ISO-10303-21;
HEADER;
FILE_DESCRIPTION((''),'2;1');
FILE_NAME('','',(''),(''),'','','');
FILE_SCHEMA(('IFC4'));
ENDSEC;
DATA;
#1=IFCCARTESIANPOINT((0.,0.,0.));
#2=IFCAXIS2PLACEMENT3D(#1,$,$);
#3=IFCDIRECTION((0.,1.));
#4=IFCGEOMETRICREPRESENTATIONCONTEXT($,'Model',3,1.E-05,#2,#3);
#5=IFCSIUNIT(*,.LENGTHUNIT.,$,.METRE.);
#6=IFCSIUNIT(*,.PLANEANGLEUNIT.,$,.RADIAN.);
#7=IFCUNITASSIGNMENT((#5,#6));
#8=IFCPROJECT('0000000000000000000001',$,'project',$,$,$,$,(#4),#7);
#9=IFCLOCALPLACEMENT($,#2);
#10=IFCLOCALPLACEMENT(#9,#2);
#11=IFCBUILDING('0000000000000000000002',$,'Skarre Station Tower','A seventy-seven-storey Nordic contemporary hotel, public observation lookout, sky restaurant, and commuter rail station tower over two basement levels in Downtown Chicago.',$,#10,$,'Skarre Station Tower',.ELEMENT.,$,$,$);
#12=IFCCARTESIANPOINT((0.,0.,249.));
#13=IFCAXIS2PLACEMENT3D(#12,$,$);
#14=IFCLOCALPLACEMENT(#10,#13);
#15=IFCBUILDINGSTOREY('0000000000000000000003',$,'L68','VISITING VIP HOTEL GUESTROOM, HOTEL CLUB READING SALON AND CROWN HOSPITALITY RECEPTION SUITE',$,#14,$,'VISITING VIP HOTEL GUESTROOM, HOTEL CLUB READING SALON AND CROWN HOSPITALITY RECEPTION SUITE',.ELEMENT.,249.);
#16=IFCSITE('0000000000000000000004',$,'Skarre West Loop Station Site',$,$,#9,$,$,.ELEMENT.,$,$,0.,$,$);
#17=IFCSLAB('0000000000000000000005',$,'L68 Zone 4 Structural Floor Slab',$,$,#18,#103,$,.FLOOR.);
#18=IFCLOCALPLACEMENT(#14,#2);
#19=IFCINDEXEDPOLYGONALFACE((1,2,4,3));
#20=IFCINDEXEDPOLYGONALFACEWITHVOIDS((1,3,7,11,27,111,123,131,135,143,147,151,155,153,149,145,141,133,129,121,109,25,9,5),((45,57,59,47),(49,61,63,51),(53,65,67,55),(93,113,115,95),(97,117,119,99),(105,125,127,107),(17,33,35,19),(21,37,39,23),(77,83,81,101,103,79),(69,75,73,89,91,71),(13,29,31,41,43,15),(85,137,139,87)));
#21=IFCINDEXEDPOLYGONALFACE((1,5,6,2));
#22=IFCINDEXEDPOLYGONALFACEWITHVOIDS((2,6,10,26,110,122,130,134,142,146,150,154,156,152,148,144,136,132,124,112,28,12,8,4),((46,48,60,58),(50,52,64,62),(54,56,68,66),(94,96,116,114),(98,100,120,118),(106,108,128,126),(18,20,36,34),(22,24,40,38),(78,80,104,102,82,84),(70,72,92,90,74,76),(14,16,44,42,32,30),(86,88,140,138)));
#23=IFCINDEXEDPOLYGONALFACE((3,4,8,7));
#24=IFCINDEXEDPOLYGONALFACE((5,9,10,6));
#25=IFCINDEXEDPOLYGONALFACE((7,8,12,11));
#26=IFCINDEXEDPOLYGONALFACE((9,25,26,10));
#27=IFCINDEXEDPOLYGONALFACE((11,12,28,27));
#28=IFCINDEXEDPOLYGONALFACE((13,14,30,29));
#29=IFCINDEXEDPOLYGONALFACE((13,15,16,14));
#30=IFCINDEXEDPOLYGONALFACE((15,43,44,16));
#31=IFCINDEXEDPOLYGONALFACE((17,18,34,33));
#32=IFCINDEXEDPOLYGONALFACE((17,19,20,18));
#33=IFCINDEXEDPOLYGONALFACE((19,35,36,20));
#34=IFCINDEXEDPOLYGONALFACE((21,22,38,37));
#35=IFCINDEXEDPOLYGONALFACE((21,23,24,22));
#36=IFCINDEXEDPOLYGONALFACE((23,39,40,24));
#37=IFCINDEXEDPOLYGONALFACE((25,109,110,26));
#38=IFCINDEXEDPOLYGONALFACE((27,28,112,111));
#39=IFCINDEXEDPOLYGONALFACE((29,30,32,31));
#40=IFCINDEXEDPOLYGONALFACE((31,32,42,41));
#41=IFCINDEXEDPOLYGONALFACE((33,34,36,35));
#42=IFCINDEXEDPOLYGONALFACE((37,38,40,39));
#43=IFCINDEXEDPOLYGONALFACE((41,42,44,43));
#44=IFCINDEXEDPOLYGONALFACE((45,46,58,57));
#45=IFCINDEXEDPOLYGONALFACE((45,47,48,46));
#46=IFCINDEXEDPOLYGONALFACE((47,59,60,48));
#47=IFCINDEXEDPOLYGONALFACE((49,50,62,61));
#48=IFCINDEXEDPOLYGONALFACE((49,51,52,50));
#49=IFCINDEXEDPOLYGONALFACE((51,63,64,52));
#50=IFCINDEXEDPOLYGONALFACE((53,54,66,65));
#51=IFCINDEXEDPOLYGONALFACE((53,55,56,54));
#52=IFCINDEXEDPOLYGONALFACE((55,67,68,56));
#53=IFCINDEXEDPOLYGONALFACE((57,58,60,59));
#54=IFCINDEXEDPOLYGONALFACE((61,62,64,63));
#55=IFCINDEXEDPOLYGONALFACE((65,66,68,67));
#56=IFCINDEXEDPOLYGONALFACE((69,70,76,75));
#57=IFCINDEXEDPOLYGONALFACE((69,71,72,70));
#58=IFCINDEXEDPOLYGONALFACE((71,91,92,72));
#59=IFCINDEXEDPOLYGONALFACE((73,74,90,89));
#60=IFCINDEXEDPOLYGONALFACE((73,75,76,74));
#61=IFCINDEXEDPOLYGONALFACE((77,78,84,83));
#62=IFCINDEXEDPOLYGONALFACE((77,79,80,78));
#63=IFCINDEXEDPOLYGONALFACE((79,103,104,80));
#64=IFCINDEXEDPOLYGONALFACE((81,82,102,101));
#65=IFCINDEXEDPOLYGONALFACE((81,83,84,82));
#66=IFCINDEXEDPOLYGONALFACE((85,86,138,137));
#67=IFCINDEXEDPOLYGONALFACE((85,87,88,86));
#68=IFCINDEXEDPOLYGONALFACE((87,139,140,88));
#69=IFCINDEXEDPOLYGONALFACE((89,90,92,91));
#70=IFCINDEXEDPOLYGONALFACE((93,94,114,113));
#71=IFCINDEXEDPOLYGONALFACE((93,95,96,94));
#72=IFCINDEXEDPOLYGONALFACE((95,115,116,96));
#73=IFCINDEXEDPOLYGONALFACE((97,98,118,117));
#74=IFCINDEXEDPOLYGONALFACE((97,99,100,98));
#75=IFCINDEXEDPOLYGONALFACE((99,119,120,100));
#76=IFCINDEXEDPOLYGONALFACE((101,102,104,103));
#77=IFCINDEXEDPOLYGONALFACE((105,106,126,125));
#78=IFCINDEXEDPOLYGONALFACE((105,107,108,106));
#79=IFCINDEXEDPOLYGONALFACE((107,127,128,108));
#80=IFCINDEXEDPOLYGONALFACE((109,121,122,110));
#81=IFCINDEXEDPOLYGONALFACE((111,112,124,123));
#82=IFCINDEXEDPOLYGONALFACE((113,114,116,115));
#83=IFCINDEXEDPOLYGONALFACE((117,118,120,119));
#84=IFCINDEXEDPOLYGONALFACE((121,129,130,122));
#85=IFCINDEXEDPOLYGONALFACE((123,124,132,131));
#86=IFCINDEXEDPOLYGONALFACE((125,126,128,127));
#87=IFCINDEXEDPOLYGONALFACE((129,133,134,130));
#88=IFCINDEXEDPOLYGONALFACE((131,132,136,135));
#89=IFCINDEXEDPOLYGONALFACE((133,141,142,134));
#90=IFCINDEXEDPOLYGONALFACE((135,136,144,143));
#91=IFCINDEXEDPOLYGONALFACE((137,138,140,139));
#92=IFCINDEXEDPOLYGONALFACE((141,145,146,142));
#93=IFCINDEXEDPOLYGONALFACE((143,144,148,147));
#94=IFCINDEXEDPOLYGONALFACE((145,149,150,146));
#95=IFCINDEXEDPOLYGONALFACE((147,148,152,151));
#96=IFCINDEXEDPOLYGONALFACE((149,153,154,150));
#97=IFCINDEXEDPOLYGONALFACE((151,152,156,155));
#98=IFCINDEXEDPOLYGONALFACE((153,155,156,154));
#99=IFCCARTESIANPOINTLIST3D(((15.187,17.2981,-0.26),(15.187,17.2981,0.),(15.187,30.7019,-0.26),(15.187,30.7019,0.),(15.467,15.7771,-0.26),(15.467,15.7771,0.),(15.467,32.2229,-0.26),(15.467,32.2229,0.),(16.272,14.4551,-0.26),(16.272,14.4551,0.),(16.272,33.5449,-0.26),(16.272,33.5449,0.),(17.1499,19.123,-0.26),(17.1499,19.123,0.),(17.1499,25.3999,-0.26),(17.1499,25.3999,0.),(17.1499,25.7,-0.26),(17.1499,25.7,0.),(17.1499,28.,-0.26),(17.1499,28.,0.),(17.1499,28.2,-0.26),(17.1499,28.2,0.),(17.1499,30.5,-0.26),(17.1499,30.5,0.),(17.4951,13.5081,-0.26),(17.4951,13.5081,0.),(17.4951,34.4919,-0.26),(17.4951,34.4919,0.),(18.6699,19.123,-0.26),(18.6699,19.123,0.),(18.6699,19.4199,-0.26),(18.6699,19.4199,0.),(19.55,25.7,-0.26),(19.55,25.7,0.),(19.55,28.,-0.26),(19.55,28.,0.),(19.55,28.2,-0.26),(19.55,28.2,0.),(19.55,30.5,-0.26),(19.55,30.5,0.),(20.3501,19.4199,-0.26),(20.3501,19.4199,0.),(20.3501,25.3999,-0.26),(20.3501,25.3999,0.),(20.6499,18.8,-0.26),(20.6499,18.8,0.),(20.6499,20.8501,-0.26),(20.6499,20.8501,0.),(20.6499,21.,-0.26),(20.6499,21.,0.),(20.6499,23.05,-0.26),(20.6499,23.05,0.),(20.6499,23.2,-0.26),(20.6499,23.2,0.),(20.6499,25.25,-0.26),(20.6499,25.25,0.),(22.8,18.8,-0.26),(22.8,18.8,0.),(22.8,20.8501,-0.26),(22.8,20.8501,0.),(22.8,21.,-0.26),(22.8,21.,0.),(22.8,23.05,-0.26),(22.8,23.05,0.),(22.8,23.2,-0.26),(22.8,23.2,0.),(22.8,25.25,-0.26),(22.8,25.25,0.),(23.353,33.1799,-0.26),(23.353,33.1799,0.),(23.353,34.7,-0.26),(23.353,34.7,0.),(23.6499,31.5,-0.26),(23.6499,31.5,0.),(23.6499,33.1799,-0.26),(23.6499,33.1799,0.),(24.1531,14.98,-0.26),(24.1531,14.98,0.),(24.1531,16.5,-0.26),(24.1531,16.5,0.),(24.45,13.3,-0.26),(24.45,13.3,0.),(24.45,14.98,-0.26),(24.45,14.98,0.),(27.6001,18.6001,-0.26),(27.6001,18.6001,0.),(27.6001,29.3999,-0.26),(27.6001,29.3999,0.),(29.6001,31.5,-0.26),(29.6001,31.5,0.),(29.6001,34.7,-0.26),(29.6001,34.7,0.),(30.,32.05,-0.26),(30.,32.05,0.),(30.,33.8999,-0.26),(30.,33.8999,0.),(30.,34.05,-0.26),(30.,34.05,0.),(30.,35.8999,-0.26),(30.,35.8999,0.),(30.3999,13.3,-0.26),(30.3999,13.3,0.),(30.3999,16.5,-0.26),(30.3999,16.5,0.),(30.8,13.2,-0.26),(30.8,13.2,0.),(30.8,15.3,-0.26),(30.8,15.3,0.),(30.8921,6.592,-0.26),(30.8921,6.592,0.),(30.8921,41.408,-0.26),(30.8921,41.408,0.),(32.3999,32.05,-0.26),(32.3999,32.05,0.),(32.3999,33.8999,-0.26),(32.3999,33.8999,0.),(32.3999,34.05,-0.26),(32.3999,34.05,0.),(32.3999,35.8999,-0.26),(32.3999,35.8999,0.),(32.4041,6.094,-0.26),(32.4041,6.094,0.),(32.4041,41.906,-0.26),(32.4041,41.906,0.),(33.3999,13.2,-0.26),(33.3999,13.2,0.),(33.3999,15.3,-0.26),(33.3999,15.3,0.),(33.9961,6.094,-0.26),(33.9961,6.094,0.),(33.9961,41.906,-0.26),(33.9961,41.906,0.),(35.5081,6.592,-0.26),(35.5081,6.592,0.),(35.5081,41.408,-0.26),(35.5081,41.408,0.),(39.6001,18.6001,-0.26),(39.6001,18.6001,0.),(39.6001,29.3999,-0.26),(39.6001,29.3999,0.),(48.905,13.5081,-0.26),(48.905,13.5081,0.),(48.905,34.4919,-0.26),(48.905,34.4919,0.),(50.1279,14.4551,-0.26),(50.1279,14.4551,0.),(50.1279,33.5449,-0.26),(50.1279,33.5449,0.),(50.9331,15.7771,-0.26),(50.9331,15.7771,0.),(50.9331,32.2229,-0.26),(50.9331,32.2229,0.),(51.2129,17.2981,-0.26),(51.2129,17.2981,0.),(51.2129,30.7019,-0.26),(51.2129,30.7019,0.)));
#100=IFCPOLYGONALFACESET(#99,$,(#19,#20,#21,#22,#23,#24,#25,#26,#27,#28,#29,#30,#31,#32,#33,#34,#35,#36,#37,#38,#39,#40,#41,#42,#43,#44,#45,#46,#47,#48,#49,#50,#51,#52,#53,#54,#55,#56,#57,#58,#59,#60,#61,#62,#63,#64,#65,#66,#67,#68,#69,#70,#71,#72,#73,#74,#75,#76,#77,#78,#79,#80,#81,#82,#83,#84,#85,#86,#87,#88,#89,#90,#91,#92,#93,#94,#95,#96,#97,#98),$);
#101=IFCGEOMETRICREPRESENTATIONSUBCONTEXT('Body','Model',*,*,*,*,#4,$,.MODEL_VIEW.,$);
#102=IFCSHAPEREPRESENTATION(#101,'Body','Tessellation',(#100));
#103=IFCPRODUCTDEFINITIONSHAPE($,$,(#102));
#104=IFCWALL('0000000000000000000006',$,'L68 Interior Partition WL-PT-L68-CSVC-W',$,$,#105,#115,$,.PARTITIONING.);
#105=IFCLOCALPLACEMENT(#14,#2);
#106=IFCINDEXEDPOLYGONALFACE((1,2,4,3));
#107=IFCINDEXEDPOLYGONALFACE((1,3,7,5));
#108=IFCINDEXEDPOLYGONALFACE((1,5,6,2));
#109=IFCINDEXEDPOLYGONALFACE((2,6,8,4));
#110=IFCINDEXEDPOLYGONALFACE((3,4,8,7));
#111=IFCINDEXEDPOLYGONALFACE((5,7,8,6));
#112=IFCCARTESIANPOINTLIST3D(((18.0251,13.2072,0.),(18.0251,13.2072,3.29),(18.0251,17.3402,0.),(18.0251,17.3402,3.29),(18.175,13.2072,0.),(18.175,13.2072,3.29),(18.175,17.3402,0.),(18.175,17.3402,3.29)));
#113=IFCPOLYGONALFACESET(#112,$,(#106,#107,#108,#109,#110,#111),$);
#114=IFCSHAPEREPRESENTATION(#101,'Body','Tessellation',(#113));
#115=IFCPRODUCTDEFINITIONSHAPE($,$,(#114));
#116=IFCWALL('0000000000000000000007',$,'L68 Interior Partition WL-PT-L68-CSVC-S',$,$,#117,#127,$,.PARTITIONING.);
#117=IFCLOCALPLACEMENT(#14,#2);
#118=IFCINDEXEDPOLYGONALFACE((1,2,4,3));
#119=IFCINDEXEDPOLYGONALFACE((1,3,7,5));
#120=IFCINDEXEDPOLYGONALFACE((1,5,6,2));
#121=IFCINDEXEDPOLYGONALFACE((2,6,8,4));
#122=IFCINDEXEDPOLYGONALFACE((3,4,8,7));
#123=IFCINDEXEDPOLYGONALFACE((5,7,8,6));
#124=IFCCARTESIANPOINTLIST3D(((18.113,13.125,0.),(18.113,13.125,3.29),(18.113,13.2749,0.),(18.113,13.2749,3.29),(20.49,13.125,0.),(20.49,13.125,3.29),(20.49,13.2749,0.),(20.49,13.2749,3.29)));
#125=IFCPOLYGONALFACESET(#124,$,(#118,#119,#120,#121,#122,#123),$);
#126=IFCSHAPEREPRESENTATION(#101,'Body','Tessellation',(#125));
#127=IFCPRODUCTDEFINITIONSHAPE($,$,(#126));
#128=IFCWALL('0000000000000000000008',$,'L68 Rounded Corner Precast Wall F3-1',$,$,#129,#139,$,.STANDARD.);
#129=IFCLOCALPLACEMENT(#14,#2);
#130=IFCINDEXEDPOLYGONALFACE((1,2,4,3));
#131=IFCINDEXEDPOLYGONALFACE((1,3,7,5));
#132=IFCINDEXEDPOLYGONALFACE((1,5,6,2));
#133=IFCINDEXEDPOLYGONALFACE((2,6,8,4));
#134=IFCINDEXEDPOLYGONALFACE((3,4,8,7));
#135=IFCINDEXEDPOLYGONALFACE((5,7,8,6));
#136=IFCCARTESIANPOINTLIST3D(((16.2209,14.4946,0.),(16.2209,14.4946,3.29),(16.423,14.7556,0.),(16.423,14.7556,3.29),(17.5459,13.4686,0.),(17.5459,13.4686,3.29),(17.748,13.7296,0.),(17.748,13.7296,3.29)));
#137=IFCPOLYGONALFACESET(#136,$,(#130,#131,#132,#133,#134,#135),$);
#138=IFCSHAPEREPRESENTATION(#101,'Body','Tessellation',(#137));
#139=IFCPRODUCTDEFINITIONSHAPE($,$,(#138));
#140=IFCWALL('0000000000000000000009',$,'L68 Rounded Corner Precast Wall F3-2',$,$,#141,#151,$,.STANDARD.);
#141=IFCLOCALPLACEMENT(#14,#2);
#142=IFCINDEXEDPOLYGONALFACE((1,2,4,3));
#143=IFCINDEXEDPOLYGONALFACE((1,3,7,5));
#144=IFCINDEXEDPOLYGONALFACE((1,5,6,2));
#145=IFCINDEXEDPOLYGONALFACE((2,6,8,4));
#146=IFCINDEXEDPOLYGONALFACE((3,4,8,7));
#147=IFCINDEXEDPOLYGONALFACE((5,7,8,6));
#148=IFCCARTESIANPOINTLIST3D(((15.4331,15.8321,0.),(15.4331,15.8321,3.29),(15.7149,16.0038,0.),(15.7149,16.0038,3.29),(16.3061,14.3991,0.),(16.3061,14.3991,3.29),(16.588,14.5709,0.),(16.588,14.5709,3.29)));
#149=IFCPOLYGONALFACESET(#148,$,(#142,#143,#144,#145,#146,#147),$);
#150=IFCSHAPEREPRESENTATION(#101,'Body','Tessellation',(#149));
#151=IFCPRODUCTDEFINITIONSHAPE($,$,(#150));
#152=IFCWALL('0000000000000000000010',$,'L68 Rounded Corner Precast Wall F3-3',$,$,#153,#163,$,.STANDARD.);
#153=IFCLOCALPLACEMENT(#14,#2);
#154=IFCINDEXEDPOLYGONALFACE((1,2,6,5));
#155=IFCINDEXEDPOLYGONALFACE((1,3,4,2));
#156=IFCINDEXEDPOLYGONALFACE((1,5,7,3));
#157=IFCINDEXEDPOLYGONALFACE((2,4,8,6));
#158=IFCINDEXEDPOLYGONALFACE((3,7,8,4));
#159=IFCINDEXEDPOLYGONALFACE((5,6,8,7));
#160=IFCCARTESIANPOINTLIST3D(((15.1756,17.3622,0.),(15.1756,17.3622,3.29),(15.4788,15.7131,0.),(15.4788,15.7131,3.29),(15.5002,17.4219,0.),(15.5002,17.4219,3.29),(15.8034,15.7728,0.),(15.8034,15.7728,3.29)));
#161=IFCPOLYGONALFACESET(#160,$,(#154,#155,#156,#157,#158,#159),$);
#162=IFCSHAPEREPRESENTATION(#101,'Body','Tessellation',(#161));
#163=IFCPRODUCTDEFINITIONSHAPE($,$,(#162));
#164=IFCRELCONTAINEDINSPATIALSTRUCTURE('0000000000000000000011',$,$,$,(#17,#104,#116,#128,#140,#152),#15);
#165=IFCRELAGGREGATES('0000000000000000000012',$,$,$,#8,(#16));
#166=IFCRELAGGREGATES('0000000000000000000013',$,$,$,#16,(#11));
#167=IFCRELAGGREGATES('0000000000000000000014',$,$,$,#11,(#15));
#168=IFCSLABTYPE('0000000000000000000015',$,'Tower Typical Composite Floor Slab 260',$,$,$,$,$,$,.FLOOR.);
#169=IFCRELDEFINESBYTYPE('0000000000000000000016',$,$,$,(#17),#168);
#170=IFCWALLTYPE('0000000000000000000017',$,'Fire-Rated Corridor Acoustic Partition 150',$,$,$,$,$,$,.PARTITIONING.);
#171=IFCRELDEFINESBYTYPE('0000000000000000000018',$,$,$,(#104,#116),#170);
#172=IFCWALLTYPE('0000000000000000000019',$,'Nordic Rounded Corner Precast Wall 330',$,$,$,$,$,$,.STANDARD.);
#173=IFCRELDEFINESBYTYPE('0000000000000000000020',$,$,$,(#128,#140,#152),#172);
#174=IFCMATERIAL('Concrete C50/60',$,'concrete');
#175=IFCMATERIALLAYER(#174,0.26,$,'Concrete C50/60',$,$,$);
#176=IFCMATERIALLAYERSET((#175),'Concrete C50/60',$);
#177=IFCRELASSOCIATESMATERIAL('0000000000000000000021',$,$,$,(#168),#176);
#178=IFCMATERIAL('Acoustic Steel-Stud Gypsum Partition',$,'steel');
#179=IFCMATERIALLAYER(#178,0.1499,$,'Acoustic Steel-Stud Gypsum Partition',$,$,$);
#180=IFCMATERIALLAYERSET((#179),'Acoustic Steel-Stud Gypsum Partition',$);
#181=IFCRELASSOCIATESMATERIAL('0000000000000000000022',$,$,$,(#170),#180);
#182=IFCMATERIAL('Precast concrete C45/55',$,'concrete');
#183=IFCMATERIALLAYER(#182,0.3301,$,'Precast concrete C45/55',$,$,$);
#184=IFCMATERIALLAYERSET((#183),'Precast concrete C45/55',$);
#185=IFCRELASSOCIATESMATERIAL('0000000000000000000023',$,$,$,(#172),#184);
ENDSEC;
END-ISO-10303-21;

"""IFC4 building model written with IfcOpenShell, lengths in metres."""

from ifc_helpers import new_model, si_unit, direction, frame, frame_2d, origin, place, context, subcontext, project, spatial, polyline, rectangle, outline, extrude, material, layer, layer_set, type_object, element, save


model = new_model("IFC4")

# Units and contexts
model_context = context("Model", 3, precision=1e-05, world=origin(), true_north=direction((0.0, 1.0)))
body_context = subcontext(model_context, "Body", "Model", "MODEL_VIEW")
ifc_project = project(units=[si_unit("LENGTHUNIT", "METRE"), si_unit("PLANEANGLEUNIT", "RADIAN")], contexts=[model_context])

# Site, building, storey
site_placement = place(None, origin())
site = spatial("IfcSite", under=ifc_project, at=site_placement, Name="Skarre West Loop Station Site", CompositionType="ELEMENT", RefElevation=0.0)
building_placement = place(site_placement, origin())
building = spatial("IfcBuilding", under=site, at=building_placement, Name="Skarre Station Tower", Description="A seventy-seven-storey Nordic contemporary hotel, public observation lookout, sky restaurant, and commuter rail station tower over two basement levels in Downtown Chicago.", LongName="Skarre Station Tower", CompositionType="ELEMENT")
storey_placement = place(building_placement, frame((0.0, 0.0, 249.0)))
storey = spatial("IfcBuildingStorey", under=building, at=storey_placement, Name="L68", Description="VISITING VIP HOTEL GUESTROOM, HOTEL CLUB READING SALON AND CROWN HOSPITALITY RECEPTION SUITE", LongName="VISITING VIP HOTEL GUESTROOM, HOTEL CLUB READING SALON AND CROWN HOSPITALITY RECEPTION SUITE", CompositionType="ELEMENT", Elevation=249.0)

# Shared definitions
ifc_material_1 = material(Name="Concrete C50/60", Category="concrete")

# Slab
ifc_layer_1 = layer(ifc_material_1, 0.26, Name="Concrete C50/60")
ifc_layer_set_1 = layer_set([ifc_layer_1], Name="Concrete C50/60")
slab_type_1 = type_object("IfcSlabType", Name="Tower Typical Composite Floor Slab 260", PredefinedType="FLOOR", material=ifc_layer_set_1)
slab_1_placement = place(storey_placement, frame((0.0, 0.0, -0.26)))
element("IfcSlab", 1, at=slab_1_placement, inside=storey, type_object=slab_type_1, Name="L68 Zone 4 Structural Floor Slab", PredefinedType="FLOOR", context=body_context, shape_type="SweptSolid", body=[
    extrude(outline(polyline([(51.2129, 30.7019), (50.9331, 32.2229), (50.1279, 33.5449), (48.905, 34.4919), (35.5081, 41.408), (33.9961, 41.906), (32.4041, 41.906), (30.8921, 41.408), (17.4951, 34.4919), (16.272, 33.5449), (15.467, 32.2229), (15.187, 30.7019), (15.187, 17.2981), (15.467, 15.7771), (16.272, 14.4551), (17.4951, 13.5081), (30.8921, 6.592), (32.4041, 6.094), (33.9961, 6.094), (35.5081, 6.592), (48.905, 13.5081), (50.1279, 14.4551), (50.9331, 15.7771), (51.2129, 17.2981), (51.2129, 30.7019)]), holes=[polyline([(18.6699, 19.4199), (18.6699, 19.123), (17.1499, 19.123), (17.1499, 25.3999), (20.3501, 25.3999), (20.3501, 19.4199), (18.6699, 19.4199)]), polyline([(24.45, 14.98), (24.1531, 14.98), (24.1531, 16.5), (30.3999, 16.5), (30.3999, 13.3), (24.45, 13.3), (24.45, 14.98)]), polyline([(23.6499, 33.1799), (23.353, 33.1799), (23.353, 34.7), (29.6001, 34.7), (29.6001, 31.5), (23.6499, 31.5), (23.6499, 33.1799)]), polyline([(17.1499, 28.0), (19.55, 28.0), (19.55, 25.7), (17.1499, 25.7), (17.1499, 28.0)]), polyline([(17.1499, 30.5), (19.55, 30.5), (19.55, 28.2), (17.1499, 28.2), (17.1499, 30.5)]), polyline([(30.8, 15.3), (33.3999, 15.3), (33.3999, 13.2), (30.8, 13.2), (30.8, 15.3)]), polyline([(20.6499, 20.8501), (22.8, 20.8501), (22.8, 18.8), (20.6499, 18.8), (20.6499, 20.8501)]), polyline([(20.6499, 23.05), (22.8, 23.05), (22.8, 21.0), (20.6499, 21.0), (20.6499, 23.05)]), polyline([(20.6499, 25.25), (22.8, 25.25), (22.8, 23.2), (20.6499, 23.2), (20.6499, 25.25)]), polyline([(30.0, 33.8999), (32.3999, 33.8999), (32.3999, 32.05), (30.0, 32.05), (30.0, 33.8999)]), polyline([(30.0, 35.8999), (32.3999, 35.8999), (32.3999, 34.05), (30.0, 34.05), (30.0, 35.8999)]), polyline([(27.6001, 29.3999), (39.6001, 29.3999), (39.6001, 18.6001), (27.6001, 18.6001), (27.6001, 29.3999)])]), origin(), (0.0, 0.0, 1.0), 0.26),
])

# Walls
ifc_material_2 = material(Name="Acoustic Steel-Stud Gypsum Partition", Category="steel")
ifc_layer_2 = layer(ifc_material_2, 0.1499, Name="Acoustic Steel-Stud Gypsum Partition")
ifc_layer_set_2 = layer_set([ifc_layer_2], Name="Acoustic Steel-Stud Gypsum Partition")
wall_type_1 = type_object("IfcWallType", Name="Fire-Rated Corridor Acoustic Partition 150", PredefinedType="PARTITIONING", material=ifc_layer_set_2)
wall_1_placement = place(storey_placement, frame((18.1001, 17.3401, 0.0), z_axis=(0.0, 0.0, 1.0), x_axis=(0.0, -1.0, 0.0)))
element("IfcWall", 2, at=wall_1_placement, inside=storey, type_object=wall_type_1, Name="L68 Interior Partition WL-PT-L68-CSVC-W", PredefinedType="PARTITIONING", context=body_context, shape_type="SweptSolid", body=[
    extrude(rectangle(XDim=4.1331, YDim=0.1499, at=frame_2d((2.0664, 0.0))), origin(), (0.0, 0.0, 1.0), 3.29),
])
wall_2_placement = place(storey_placement, frame((18.113, 13.2, 0.0), z_axis=(0.0, 0.0, 1.0), x_axis=(1.0, 0.0, 0.0)))
element("IfcWall", 3, at=wall_2_placement, inside=storey, type_object=wall_type_1, Name="L68 Interior Partition WL-PT-L68-CSVC-S", PredefinedType="PARTITIONING", context=body_context, shape_type="SweptSolid", body=[
    extrude(rectangle(XDim=2.377, YDim=0.1499, at=frame_2d((1.1885, 0.0))), origin(), (0.0, 0.0, 1.0), 3.29),
])
ifc_material_3 = material(Name="Precast concrete C45/55", Category="concrete")
ifc_layer_3 = layer(ifc_material_3, 0.3301, Name="Precast concrete C45/55")
ifc_layer_set_3 = layer_set([ifc_layer_3], Name="Precast concrete C45/55")
wall_type_2 = type_object("IfcWallType", Name="Nordic Rounded Corner Precast Wall 330", PredefinedType="STANDARD", material=ifc_layer_set_3)
wall_3_placement = place(storey_placement, frame((17.647, 13.5991, 0.0), z_axis=(0.0, 0.0, 1.0), x_axis=(-0.790692, 0.612214, 0.0)))
element("IfcWall", 4, at=wall_3_placement, inside=storey, type_object=wall_type_2, Name="L68 Rounded Corner Precast Wall F3-1", PredefinedType="STANDARD", context=body_context, shape_type="SweptSolid", body=[
    extrude(rectangle(XDim=1.6758, YDim=0.3301, at=frame_2d((0.8379, 0.0))), origin(), (0.0, 0.0, 1.0), 3.29),
])
wall_4_placement = place(storey_placement, frame((16.447, 14.4851, 0.0), z_axis=(0.0, 0.0, 1.0), x_axis=(-0.520325, 0.853968, 0.0)))
element("IfcWall", 5, at=wall_4_placement, inside=storey, type_object=wall_type_2, Name="L68 Rounded Corner Precast Wall F3-2", PredefinedType="STANDARD", context=body_context, shape_type="SweptSolid", body=[
    extrude(rectangle(XDim=1.678, YDim=0.3301, at=frame_2d((0.8389, 0.0))), origin(), (0.0, 0.0, 1.0), 3.29),
])
wall_5_placement = place(storey_placement, frame((15.6411, 15.7429, 0.0), z_axis=(0.0, 0.0, 1.0), x_axis=(-0.180833, 0.983514, 0.0)))
element("IfcWall", 6, at=wall_5_placement, inside=storey, type_object=wall_type_2, Name="L68 Rounded Corner Precast Wall F3-3", PredefinedType="STANDARD", context=body_context, shape_type="SweptSolid", body=[
    extrude(rectangle(XDim=1.6768, YDim=0.3301, at=frame_2d((0.8384, 0.0))), origin(), (0.0, 0.0, 1.0), 3.29),
])

save(model, "model.ifc")
